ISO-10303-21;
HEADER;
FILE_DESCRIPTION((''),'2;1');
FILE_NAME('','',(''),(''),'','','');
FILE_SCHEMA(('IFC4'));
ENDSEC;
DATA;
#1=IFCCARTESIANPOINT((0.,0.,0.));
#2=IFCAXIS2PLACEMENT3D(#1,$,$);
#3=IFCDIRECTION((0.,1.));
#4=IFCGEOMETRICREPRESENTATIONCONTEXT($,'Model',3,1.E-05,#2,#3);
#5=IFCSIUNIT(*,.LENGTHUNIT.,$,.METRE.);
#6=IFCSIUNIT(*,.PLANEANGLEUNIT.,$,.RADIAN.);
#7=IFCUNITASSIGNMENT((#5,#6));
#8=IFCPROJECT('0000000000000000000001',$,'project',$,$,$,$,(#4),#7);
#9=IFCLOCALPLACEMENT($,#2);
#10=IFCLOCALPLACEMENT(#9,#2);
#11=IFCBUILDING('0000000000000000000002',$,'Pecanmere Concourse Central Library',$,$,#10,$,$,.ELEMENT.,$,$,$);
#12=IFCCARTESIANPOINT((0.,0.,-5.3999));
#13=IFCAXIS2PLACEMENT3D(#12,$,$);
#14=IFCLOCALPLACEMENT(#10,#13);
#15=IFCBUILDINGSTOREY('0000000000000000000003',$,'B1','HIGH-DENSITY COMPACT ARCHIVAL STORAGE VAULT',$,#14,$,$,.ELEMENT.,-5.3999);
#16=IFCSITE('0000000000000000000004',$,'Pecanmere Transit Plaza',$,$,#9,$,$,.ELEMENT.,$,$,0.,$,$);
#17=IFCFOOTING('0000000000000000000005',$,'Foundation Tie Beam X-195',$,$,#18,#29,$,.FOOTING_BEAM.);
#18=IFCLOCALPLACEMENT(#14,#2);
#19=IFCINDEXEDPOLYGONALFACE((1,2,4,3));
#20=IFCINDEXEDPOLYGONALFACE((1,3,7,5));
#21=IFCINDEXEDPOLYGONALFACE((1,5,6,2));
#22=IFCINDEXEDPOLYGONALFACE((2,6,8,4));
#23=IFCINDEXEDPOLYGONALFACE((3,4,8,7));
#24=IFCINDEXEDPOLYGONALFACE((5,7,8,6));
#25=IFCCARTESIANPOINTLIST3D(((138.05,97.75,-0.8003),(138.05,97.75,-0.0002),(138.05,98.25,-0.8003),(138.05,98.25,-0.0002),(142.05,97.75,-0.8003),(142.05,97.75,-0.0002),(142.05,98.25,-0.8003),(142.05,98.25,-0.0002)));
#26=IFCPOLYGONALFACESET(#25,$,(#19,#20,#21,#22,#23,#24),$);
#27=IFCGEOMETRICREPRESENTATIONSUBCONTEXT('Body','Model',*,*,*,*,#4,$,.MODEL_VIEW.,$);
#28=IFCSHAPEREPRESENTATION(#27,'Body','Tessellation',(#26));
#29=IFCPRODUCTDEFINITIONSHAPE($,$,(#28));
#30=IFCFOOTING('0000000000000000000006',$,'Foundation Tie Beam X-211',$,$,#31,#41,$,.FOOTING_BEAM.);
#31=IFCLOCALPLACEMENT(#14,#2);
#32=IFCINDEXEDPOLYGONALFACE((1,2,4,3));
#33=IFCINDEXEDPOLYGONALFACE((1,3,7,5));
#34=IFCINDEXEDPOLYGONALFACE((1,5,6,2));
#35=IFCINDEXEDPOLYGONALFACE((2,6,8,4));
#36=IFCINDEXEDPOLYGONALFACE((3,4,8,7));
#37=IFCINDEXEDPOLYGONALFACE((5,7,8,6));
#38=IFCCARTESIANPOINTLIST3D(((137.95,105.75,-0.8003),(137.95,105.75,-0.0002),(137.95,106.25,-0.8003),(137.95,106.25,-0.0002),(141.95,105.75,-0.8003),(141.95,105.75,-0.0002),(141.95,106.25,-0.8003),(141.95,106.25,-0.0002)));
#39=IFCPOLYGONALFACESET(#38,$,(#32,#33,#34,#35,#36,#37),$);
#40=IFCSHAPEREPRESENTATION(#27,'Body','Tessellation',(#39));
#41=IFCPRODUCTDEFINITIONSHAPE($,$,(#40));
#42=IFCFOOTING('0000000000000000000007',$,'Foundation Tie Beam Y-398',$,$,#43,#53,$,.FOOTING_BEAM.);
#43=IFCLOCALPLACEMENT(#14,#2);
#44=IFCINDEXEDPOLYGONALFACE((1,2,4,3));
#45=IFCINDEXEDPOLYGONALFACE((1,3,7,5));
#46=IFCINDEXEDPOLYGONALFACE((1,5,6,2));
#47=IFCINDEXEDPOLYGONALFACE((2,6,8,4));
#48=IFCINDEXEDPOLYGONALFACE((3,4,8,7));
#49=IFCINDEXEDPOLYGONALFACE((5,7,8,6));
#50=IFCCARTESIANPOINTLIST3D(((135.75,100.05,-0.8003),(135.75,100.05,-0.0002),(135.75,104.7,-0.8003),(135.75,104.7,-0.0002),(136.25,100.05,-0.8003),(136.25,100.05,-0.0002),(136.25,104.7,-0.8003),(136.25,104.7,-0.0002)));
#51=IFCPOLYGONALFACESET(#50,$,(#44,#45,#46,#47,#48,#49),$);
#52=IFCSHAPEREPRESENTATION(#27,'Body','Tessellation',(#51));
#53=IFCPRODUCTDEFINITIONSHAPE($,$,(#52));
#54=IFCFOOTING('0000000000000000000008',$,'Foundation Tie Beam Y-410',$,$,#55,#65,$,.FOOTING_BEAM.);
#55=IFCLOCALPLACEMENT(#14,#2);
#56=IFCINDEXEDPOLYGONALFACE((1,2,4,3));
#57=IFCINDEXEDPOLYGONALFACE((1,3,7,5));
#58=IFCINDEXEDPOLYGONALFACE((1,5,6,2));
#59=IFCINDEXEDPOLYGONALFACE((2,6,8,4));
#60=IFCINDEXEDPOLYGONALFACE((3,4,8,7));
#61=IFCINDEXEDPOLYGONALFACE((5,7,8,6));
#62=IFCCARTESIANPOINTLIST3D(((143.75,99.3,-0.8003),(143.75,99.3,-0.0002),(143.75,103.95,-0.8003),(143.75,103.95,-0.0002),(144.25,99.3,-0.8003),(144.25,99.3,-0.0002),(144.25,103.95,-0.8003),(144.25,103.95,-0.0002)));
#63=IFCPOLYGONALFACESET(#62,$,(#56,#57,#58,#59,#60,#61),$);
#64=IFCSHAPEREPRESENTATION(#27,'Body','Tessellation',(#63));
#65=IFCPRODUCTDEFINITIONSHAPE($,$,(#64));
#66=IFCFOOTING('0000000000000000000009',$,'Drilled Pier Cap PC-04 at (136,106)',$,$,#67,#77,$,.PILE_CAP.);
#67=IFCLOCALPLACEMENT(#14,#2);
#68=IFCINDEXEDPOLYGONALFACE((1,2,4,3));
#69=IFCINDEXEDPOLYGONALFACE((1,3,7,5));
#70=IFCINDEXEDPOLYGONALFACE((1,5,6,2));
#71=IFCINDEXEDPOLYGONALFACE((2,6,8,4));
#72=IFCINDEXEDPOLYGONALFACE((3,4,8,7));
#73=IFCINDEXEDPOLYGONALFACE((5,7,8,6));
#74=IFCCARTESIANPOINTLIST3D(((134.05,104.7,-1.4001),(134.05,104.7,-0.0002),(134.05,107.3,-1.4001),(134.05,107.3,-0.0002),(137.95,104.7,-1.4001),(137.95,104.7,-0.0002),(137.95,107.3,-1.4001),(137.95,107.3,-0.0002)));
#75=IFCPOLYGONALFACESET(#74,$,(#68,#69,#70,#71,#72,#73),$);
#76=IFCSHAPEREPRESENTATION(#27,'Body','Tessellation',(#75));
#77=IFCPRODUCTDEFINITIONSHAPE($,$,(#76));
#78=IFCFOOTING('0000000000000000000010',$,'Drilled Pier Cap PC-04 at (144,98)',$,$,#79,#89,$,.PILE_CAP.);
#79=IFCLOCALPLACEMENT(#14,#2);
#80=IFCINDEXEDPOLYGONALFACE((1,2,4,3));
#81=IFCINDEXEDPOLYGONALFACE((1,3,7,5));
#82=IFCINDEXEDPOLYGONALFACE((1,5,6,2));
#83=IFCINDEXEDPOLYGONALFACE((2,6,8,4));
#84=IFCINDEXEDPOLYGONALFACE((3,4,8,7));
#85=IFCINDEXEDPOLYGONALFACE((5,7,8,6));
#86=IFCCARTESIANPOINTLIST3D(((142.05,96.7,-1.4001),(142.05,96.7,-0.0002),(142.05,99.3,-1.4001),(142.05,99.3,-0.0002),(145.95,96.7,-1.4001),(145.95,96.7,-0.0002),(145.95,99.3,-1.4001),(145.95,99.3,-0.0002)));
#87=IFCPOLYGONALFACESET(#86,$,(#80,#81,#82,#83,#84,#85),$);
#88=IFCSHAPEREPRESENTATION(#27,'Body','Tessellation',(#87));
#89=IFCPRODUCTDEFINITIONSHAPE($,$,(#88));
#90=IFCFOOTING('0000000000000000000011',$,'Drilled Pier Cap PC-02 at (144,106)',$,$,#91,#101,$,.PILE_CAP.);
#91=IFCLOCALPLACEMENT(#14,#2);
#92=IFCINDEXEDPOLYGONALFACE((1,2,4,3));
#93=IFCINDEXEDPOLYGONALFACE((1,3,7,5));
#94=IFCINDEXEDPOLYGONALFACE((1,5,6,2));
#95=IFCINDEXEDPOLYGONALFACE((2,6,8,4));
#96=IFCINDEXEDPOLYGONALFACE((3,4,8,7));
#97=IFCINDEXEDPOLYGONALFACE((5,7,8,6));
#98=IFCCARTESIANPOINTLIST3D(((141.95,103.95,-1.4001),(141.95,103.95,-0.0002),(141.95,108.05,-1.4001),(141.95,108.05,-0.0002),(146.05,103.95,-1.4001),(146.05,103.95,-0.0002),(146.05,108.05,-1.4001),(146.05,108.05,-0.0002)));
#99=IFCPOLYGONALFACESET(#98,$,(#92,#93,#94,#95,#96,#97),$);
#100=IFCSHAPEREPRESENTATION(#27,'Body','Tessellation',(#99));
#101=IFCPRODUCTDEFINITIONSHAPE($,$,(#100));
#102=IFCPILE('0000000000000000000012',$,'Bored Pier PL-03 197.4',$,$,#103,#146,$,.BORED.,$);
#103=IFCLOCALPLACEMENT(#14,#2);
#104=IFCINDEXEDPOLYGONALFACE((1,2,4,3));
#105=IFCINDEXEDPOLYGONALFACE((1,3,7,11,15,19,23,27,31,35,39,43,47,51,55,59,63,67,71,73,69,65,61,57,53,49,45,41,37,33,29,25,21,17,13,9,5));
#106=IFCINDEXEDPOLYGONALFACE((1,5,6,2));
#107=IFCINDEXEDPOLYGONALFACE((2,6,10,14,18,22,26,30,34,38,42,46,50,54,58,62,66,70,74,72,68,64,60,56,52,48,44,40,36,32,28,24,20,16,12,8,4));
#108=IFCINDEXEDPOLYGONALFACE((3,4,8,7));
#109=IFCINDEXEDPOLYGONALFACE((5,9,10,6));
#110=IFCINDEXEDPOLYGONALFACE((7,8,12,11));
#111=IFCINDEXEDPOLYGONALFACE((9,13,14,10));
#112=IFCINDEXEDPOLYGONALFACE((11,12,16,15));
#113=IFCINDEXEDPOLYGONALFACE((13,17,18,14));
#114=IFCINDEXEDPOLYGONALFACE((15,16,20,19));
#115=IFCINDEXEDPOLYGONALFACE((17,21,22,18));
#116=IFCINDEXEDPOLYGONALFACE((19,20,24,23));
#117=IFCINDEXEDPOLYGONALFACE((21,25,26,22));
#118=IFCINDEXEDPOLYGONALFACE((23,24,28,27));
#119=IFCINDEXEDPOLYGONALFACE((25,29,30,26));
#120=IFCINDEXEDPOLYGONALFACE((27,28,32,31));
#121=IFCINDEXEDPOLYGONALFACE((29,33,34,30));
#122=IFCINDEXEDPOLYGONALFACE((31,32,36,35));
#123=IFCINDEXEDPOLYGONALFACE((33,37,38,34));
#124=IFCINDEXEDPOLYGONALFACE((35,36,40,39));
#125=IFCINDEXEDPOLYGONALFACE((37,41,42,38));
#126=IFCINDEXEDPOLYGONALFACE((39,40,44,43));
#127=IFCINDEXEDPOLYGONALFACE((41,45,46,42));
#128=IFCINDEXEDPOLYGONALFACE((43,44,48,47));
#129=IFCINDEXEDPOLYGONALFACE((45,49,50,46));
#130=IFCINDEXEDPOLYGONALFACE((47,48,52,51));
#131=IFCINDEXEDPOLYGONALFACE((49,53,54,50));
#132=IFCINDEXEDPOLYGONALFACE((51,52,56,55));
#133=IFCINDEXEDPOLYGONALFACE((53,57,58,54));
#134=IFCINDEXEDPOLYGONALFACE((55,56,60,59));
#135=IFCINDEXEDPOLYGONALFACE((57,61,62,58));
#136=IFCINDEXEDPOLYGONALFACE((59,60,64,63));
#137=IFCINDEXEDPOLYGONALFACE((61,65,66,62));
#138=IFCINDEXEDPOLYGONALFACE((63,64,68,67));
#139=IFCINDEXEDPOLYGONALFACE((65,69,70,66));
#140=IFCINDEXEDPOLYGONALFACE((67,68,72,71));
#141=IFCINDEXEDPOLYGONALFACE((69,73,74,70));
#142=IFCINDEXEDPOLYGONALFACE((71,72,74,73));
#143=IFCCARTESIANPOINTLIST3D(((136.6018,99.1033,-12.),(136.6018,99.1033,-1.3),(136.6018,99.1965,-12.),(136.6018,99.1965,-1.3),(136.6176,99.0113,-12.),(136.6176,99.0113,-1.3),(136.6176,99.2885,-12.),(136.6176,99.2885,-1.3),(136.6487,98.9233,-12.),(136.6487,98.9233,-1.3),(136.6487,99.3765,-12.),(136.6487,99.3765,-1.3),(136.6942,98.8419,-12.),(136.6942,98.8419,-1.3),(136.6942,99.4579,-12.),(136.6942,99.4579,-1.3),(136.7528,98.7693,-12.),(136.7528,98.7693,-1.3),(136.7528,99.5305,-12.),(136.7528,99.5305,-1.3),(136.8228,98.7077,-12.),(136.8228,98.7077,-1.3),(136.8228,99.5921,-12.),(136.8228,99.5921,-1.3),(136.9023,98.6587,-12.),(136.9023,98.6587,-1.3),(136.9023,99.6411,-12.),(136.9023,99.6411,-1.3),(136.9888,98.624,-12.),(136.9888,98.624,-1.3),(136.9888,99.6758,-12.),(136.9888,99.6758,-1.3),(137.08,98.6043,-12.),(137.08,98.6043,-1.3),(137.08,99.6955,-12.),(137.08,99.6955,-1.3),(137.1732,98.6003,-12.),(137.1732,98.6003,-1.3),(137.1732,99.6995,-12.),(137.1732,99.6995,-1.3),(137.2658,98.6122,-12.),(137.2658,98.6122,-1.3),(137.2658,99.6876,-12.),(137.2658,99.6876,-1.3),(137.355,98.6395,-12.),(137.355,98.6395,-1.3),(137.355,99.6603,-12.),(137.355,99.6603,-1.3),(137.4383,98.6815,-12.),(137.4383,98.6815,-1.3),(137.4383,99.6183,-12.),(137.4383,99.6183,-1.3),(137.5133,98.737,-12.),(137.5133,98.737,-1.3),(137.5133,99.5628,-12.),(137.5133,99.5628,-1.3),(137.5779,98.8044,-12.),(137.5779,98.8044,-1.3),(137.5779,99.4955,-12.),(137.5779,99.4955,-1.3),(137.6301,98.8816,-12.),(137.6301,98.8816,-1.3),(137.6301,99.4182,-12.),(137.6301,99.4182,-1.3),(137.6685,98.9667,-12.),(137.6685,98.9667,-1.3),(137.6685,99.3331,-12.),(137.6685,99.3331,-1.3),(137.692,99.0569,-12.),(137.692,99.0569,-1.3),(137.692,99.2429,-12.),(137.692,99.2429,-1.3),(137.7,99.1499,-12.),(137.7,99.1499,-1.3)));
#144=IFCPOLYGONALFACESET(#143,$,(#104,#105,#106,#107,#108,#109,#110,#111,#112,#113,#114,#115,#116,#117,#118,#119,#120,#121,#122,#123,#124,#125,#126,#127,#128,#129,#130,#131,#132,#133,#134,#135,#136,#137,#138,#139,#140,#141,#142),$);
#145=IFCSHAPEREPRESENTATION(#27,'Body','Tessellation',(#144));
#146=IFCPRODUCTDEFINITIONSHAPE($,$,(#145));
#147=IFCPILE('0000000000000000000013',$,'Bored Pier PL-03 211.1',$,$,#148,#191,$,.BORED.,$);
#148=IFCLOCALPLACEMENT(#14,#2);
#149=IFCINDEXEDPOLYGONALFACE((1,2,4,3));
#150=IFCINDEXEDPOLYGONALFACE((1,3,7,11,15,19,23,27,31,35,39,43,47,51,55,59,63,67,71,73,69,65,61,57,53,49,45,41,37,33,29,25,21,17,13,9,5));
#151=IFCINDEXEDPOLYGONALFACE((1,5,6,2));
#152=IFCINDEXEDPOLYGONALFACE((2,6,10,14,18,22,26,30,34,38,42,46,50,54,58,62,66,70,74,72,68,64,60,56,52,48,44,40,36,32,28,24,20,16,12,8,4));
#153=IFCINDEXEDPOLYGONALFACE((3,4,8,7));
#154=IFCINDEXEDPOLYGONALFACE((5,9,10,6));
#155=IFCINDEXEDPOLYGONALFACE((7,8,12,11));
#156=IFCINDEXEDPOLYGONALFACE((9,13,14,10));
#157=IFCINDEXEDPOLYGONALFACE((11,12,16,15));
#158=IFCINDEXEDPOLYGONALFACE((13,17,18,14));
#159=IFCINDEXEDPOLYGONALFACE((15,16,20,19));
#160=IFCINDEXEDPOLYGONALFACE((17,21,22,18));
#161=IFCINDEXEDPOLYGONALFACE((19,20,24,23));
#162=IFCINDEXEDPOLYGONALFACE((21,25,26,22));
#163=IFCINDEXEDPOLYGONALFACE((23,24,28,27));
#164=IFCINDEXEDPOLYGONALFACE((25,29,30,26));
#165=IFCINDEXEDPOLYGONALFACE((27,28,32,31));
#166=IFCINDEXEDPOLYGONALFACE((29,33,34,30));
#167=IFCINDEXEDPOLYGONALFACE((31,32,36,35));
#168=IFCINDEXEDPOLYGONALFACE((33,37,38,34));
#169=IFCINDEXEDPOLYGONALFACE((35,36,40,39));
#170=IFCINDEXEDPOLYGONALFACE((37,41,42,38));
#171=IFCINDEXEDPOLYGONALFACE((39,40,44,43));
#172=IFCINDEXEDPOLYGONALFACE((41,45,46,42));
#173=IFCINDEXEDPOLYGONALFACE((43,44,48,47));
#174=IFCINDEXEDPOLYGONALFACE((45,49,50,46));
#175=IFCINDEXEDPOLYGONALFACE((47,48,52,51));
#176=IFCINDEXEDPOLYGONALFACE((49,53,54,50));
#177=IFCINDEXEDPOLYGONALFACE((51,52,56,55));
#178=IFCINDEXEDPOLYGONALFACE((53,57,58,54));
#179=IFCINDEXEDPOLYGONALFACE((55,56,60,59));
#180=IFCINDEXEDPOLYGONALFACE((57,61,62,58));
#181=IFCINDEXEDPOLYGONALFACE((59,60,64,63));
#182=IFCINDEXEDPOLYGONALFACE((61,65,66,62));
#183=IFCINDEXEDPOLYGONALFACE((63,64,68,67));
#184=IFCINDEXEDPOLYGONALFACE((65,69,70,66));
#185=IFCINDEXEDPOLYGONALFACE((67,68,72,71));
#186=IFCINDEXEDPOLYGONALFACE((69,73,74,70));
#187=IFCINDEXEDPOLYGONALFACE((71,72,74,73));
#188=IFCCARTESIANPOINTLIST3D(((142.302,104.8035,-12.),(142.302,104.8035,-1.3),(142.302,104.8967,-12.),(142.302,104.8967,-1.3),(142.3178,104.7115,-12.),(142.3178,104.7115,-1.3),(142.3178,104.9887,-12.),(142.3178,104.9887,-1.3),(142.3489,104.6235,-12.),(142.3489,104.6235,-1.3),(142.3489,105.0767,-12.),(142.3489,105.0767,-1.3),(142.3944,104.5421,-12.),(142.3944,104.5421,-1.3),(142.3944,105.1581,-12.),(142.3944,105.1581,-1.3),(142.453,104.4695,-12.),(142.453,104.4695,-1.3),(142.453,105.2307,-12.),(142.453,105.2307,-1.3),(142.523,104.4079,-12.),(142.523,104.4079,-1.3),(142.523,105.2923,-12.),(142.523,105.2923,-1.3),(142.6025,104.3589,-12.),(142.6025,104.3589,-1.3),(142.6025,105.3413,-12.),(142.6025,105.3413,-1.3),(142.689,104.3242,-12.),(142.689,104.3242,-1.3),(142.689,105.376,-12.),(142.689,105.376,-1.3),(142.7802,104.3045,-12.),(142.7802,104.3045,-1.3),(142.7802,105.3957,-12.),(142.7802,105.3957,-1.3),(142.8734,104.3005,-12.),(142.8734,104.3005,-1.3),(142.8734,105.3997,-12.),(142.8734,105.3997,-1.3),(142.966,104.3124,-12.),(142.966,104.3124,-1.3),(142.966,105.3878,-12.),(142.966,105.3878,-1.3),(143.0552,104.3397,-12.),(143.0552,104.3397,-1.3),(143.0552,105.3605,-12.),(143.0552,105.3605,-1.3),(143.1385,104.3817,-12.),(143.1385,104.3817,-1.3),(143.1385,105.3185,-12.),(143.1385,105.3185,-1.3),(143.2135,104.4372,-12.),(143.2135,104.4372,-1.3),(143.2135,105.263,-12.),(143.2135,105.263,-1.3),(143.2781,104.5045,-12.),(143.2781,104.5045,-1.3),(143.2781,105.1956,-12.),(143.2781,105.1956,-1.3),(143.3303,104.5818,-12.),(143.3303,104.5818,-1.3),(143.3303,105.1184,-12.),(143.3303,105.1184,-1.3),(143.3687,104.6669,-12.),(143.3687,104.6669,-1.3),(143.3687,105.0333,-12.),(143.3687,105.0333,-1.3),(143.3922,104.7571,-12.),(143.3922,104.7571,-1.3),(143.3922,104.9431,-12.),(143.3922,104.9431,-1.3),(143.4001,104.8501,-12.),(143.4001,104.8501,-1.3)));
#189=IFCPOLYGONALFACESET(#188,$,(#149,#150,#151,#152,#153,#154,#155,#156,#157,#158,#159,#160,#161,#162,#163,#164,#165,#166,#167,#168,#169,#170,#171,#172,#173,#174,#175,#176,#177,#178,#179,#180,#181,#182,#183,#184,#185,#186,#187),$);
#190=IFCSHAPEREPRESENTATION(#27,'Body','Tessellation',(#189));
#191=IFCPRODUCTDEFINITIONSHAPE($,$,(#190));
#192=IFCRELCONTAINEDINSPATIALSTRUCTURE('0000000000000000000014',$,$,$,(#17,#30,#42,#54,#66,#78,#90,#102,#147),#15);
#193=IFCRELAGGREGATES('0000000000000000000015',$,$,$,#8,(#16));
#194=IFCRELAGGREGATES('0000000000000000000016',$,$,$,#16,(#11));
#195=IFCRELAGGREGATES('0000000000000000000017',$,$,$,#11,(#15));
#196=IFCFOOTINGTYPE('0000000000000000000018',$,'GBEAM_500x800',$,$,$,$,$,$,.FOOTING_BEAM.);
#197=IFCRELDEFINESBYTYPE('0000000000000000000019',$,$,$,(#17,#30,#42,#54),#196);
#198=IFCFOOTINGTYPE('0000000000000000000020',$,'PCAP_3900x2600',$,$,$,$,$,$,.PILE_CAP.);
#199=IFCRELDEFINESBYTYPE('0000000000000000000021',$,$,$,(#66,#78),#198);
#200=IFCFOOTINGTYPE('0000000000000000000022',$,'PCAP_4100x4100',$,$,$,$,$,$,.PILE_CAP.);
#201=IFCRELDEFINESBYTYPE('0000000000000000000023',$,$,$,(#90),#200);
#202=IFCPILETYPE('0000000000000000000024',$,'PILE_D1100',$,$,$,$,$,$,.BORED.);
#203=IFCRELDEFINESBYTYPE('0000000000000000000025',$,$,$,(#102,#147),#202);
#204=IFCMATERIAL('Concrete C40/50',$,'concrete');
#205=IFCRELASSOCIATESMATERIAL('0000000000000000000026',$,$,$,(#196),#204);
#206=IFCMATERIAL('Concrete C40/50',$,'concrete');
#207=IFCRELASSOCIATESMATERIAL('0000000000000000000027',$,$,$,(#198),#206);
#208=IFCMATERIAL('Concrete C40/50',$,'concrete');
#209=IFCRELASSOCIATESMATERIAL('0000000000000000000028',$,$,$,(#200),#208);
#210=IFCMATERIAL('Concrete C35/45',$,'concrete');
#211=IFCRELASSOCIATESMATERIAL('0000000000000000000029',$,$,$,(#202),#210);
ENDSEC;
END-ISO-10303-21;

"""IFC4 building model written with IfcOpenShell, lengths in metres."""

from ifc_helpers import new_model, si_unit, direction, frame, origin, origin_2d, place, context, subcontext, project, spatial, rectangle, circle, extrude, material, material_profile, profile_set, type_object, element, save


model = new_model("IFC4")

# Units and contexts
model_context = context("Model", 3, precision=1e-05, world=origin(), true_north=direction((0.0, 1.0)))
body_context = subcontext(model_context, "Body", "Model", "MODEL_VIEW")
ifc_project = project(units=[si_unit("LENGTHUNIT", "METRE"), si_unit("PLANEANGLEUNIT", "RADIAN")], contexts=[model_context])

# Site, building, storey
site_placement = place(None, origin())
site = spatial("IfcSite", under=ifc_project, at=site_placement, Name="Pecanmere Transit Plaza", CompositionType="ELEMENT", RefElevation=0.0)
building_placement = place(site_placement, origin())
building = spatial("IfcBuilding", under=site, at=building_placement, Name="Pecanmere Concourse Central Library", CompositionType="ELEMENT")
storey_placement = place(building_placement, frame((0.0, 0.0, -5.3999)))
storey = spatial("IfcBuildingStorey", under=building, at=storey_placement, Name="B1", Description="HIGH-DENSITY COMPACT ARCHIVAL STORAGE VAULT", CompositionType="ELEMENT", Elevation=-5.3999)

# Footings
ifc_material_1 = material(Name="Concrete C40/50", Category="concrete")
ifc_material_profile_1 = material_profile(ifc_material_1, rectangle(XDim=0.5, YDim=0.8, at=origin_2d()), Name="RC 500x800")
ifc_profile_set_1 = profile_set([ifc_material_profile_1], Name="Concrete C40/50")
footing_type_1 = type_object("IfcFootingType", Name="GBEAM_500x800", PredefinedType="FOOTING_BEAM", material=ifc_profile_set_1)
for number, where, z_axis, x_axis, name in (
    (1, (140.05, 98.0, -0.8003), (0.0, 0.0, 1.0), (1.0, 0.0, 0.0), "Foundation Tie Beam X-195"),
    (2, (139.95, 106.0, -0.8003), (0.0, 0.0, 1.0), (1.0, 0.0, 0.0), "Foundation Tie Beam X-211"),
):
    element("IfcFooting", number, at=place(storey_placement, frame(where, z_axis=z_axis, x_axis=x_axis)), inside=storey, type_object=footing_type_1, Name=name, PredefinedType="FOOTING_BEAM", context=body_context, shape_type="SweptSolid", body=[
        extrude(rectangle(XDim=4.0, YDim=0.5, at=origin_2d()), origin(), (0.0, 0.0, 1.0), 0.8),
    ])
for number, where, z_axis, x_axis, name in (
    (3, (136.0, 102.375, -0.8003), (0.0, 0.0, 1.0), (0.0, 1.0, 0.0), "Foundation Tie Beam Y-398"),
    (4, (144.0, 101.625, -0.8003), (0.0, 0.0, 1.0), (0.0, 1.0, 0.0), "Foundation Tie Beam Y-410"),
):
    element("IfcFooting", number, at=place(storey_placement, frame(where, z_axis=z_axis, x_axis=x_axis)), inside=storey, type_object=footing_type_1, Name=name, PredefinedType="FOOTING_BEAM", context=body_context, shape_type="SweptSolid", body=[
        extrude(rectangle(XDim=4.6499, YDim=0.5, at=origin_2d()), origin(), (0.0, 0.0, 1.0), 0.8),
    ])
ifc_material_2 = material(Name="Concrete C40/50", Category="concrete")
footing_type_2 = type_object("IfcFootingType", Name="PCAP_3900x2600", PredefinedType="PILE_CAP", material=ifc_material_2)
for number, where, z_axis, x_axis, name in (
    (5, (136.0, 106.0, -1.4001), (0.0, 0.0, 1.0), (1.0, 0.0, 0.0), "Drilled Pier Cap PC-04 at (136,106)"),
    (6, (144.0, 98.0, -1.4001), (0.0, 0.0, 1.0), (1.0, 0.0, 0.0), "Drilled Pier Cap PC-04 at (144,98)"),
):
    element("IfcFooting", number, at=place(storey_placement, frame(where, z_axis=z_axis, x_axis=x_axis)), inside=storey, type_object=footing_type_2, Name=name, PredefinedType="PILE_CAP", context=body_context, shape_type="SweptSolid", body=[
        extrude(rectangle(XDim=3.8999, YDim=2.6001, at=origin_2d()), origin(), (0.0, 0.0, 1.0), 1.3999),
    ])
ifc_material_3 = material(Name="Concrete C40/50", Category="concrete")
footing_type_3 = type_object("IfcFootingType", Name="PCAP_4100x4100", PredefinedType="PILE_CAP", material=ifc_material_3)
footing_placement = place(storey_placement, frame((144.0, 106.0, -1.4001), z_axis=(0.0, 0.0, 1.0), x_axis=(1.0, 0.0, 0.0)))
element("IfcFooting", 7, at=footing_placement, inside=storey, type_object=footing_type_3, Name="Drilled Pier Cap PC-02 at (144,106)", PredefinedType="PILE_CAP", context=body_context, shape_type="SweptSolid", body=[
    extrude(rectangle(XDim=4.1001, YDim=4.1001, at=origin_2d()), origin(), (0.0, 0.0, 1.0), 1.3999),
])

# Piles
ifc_material_4 = material(Name="Concrete C35/45", Category="concrete")
ifc_material_profile_2 = material_profile(ifc_material_4, circle(Radius=0.55, at=origin_2d()), Name="PIER D1100")
ifc_profile_set_2 = profile_set([ifc_material_profile_2], Name="Concrete C35/45")
pile_type_1 = type_object("IfcPileType", Name="PILE_D1100", PredefinedType="BORED", material=ifc_profile_set_2)
for number, where, z_axis, x_axis, name in (
    (8, (137.1499, 99.1499, -1.3), (0.0, 0.0, -1.0), (1.0, 0.0, 0.0), "Bored Pier PL-03 197.4"),
    (9, (142.8501, 104.8501, -1.3), (0.0, 0.0, -1.0), (1.0, 0.0, 0.0), "Bored Pier PL-03 211.1"),
):
    element("IfcPile", number, at=place(storey_placement, frame(where, z_axis=z_axis, x_axis=x_axis)), inside=storey, type_object=pile_type_1, Name=name, PredefinedType="BORED", context=body_context, shape_type="SweptSolid", body=[
        extrude(circle(Radius=0.55, at=origin_2d()), origin(), (0.0, 0.0, 1.0), 10.7),
    ])

save(model, "model.ifc")
